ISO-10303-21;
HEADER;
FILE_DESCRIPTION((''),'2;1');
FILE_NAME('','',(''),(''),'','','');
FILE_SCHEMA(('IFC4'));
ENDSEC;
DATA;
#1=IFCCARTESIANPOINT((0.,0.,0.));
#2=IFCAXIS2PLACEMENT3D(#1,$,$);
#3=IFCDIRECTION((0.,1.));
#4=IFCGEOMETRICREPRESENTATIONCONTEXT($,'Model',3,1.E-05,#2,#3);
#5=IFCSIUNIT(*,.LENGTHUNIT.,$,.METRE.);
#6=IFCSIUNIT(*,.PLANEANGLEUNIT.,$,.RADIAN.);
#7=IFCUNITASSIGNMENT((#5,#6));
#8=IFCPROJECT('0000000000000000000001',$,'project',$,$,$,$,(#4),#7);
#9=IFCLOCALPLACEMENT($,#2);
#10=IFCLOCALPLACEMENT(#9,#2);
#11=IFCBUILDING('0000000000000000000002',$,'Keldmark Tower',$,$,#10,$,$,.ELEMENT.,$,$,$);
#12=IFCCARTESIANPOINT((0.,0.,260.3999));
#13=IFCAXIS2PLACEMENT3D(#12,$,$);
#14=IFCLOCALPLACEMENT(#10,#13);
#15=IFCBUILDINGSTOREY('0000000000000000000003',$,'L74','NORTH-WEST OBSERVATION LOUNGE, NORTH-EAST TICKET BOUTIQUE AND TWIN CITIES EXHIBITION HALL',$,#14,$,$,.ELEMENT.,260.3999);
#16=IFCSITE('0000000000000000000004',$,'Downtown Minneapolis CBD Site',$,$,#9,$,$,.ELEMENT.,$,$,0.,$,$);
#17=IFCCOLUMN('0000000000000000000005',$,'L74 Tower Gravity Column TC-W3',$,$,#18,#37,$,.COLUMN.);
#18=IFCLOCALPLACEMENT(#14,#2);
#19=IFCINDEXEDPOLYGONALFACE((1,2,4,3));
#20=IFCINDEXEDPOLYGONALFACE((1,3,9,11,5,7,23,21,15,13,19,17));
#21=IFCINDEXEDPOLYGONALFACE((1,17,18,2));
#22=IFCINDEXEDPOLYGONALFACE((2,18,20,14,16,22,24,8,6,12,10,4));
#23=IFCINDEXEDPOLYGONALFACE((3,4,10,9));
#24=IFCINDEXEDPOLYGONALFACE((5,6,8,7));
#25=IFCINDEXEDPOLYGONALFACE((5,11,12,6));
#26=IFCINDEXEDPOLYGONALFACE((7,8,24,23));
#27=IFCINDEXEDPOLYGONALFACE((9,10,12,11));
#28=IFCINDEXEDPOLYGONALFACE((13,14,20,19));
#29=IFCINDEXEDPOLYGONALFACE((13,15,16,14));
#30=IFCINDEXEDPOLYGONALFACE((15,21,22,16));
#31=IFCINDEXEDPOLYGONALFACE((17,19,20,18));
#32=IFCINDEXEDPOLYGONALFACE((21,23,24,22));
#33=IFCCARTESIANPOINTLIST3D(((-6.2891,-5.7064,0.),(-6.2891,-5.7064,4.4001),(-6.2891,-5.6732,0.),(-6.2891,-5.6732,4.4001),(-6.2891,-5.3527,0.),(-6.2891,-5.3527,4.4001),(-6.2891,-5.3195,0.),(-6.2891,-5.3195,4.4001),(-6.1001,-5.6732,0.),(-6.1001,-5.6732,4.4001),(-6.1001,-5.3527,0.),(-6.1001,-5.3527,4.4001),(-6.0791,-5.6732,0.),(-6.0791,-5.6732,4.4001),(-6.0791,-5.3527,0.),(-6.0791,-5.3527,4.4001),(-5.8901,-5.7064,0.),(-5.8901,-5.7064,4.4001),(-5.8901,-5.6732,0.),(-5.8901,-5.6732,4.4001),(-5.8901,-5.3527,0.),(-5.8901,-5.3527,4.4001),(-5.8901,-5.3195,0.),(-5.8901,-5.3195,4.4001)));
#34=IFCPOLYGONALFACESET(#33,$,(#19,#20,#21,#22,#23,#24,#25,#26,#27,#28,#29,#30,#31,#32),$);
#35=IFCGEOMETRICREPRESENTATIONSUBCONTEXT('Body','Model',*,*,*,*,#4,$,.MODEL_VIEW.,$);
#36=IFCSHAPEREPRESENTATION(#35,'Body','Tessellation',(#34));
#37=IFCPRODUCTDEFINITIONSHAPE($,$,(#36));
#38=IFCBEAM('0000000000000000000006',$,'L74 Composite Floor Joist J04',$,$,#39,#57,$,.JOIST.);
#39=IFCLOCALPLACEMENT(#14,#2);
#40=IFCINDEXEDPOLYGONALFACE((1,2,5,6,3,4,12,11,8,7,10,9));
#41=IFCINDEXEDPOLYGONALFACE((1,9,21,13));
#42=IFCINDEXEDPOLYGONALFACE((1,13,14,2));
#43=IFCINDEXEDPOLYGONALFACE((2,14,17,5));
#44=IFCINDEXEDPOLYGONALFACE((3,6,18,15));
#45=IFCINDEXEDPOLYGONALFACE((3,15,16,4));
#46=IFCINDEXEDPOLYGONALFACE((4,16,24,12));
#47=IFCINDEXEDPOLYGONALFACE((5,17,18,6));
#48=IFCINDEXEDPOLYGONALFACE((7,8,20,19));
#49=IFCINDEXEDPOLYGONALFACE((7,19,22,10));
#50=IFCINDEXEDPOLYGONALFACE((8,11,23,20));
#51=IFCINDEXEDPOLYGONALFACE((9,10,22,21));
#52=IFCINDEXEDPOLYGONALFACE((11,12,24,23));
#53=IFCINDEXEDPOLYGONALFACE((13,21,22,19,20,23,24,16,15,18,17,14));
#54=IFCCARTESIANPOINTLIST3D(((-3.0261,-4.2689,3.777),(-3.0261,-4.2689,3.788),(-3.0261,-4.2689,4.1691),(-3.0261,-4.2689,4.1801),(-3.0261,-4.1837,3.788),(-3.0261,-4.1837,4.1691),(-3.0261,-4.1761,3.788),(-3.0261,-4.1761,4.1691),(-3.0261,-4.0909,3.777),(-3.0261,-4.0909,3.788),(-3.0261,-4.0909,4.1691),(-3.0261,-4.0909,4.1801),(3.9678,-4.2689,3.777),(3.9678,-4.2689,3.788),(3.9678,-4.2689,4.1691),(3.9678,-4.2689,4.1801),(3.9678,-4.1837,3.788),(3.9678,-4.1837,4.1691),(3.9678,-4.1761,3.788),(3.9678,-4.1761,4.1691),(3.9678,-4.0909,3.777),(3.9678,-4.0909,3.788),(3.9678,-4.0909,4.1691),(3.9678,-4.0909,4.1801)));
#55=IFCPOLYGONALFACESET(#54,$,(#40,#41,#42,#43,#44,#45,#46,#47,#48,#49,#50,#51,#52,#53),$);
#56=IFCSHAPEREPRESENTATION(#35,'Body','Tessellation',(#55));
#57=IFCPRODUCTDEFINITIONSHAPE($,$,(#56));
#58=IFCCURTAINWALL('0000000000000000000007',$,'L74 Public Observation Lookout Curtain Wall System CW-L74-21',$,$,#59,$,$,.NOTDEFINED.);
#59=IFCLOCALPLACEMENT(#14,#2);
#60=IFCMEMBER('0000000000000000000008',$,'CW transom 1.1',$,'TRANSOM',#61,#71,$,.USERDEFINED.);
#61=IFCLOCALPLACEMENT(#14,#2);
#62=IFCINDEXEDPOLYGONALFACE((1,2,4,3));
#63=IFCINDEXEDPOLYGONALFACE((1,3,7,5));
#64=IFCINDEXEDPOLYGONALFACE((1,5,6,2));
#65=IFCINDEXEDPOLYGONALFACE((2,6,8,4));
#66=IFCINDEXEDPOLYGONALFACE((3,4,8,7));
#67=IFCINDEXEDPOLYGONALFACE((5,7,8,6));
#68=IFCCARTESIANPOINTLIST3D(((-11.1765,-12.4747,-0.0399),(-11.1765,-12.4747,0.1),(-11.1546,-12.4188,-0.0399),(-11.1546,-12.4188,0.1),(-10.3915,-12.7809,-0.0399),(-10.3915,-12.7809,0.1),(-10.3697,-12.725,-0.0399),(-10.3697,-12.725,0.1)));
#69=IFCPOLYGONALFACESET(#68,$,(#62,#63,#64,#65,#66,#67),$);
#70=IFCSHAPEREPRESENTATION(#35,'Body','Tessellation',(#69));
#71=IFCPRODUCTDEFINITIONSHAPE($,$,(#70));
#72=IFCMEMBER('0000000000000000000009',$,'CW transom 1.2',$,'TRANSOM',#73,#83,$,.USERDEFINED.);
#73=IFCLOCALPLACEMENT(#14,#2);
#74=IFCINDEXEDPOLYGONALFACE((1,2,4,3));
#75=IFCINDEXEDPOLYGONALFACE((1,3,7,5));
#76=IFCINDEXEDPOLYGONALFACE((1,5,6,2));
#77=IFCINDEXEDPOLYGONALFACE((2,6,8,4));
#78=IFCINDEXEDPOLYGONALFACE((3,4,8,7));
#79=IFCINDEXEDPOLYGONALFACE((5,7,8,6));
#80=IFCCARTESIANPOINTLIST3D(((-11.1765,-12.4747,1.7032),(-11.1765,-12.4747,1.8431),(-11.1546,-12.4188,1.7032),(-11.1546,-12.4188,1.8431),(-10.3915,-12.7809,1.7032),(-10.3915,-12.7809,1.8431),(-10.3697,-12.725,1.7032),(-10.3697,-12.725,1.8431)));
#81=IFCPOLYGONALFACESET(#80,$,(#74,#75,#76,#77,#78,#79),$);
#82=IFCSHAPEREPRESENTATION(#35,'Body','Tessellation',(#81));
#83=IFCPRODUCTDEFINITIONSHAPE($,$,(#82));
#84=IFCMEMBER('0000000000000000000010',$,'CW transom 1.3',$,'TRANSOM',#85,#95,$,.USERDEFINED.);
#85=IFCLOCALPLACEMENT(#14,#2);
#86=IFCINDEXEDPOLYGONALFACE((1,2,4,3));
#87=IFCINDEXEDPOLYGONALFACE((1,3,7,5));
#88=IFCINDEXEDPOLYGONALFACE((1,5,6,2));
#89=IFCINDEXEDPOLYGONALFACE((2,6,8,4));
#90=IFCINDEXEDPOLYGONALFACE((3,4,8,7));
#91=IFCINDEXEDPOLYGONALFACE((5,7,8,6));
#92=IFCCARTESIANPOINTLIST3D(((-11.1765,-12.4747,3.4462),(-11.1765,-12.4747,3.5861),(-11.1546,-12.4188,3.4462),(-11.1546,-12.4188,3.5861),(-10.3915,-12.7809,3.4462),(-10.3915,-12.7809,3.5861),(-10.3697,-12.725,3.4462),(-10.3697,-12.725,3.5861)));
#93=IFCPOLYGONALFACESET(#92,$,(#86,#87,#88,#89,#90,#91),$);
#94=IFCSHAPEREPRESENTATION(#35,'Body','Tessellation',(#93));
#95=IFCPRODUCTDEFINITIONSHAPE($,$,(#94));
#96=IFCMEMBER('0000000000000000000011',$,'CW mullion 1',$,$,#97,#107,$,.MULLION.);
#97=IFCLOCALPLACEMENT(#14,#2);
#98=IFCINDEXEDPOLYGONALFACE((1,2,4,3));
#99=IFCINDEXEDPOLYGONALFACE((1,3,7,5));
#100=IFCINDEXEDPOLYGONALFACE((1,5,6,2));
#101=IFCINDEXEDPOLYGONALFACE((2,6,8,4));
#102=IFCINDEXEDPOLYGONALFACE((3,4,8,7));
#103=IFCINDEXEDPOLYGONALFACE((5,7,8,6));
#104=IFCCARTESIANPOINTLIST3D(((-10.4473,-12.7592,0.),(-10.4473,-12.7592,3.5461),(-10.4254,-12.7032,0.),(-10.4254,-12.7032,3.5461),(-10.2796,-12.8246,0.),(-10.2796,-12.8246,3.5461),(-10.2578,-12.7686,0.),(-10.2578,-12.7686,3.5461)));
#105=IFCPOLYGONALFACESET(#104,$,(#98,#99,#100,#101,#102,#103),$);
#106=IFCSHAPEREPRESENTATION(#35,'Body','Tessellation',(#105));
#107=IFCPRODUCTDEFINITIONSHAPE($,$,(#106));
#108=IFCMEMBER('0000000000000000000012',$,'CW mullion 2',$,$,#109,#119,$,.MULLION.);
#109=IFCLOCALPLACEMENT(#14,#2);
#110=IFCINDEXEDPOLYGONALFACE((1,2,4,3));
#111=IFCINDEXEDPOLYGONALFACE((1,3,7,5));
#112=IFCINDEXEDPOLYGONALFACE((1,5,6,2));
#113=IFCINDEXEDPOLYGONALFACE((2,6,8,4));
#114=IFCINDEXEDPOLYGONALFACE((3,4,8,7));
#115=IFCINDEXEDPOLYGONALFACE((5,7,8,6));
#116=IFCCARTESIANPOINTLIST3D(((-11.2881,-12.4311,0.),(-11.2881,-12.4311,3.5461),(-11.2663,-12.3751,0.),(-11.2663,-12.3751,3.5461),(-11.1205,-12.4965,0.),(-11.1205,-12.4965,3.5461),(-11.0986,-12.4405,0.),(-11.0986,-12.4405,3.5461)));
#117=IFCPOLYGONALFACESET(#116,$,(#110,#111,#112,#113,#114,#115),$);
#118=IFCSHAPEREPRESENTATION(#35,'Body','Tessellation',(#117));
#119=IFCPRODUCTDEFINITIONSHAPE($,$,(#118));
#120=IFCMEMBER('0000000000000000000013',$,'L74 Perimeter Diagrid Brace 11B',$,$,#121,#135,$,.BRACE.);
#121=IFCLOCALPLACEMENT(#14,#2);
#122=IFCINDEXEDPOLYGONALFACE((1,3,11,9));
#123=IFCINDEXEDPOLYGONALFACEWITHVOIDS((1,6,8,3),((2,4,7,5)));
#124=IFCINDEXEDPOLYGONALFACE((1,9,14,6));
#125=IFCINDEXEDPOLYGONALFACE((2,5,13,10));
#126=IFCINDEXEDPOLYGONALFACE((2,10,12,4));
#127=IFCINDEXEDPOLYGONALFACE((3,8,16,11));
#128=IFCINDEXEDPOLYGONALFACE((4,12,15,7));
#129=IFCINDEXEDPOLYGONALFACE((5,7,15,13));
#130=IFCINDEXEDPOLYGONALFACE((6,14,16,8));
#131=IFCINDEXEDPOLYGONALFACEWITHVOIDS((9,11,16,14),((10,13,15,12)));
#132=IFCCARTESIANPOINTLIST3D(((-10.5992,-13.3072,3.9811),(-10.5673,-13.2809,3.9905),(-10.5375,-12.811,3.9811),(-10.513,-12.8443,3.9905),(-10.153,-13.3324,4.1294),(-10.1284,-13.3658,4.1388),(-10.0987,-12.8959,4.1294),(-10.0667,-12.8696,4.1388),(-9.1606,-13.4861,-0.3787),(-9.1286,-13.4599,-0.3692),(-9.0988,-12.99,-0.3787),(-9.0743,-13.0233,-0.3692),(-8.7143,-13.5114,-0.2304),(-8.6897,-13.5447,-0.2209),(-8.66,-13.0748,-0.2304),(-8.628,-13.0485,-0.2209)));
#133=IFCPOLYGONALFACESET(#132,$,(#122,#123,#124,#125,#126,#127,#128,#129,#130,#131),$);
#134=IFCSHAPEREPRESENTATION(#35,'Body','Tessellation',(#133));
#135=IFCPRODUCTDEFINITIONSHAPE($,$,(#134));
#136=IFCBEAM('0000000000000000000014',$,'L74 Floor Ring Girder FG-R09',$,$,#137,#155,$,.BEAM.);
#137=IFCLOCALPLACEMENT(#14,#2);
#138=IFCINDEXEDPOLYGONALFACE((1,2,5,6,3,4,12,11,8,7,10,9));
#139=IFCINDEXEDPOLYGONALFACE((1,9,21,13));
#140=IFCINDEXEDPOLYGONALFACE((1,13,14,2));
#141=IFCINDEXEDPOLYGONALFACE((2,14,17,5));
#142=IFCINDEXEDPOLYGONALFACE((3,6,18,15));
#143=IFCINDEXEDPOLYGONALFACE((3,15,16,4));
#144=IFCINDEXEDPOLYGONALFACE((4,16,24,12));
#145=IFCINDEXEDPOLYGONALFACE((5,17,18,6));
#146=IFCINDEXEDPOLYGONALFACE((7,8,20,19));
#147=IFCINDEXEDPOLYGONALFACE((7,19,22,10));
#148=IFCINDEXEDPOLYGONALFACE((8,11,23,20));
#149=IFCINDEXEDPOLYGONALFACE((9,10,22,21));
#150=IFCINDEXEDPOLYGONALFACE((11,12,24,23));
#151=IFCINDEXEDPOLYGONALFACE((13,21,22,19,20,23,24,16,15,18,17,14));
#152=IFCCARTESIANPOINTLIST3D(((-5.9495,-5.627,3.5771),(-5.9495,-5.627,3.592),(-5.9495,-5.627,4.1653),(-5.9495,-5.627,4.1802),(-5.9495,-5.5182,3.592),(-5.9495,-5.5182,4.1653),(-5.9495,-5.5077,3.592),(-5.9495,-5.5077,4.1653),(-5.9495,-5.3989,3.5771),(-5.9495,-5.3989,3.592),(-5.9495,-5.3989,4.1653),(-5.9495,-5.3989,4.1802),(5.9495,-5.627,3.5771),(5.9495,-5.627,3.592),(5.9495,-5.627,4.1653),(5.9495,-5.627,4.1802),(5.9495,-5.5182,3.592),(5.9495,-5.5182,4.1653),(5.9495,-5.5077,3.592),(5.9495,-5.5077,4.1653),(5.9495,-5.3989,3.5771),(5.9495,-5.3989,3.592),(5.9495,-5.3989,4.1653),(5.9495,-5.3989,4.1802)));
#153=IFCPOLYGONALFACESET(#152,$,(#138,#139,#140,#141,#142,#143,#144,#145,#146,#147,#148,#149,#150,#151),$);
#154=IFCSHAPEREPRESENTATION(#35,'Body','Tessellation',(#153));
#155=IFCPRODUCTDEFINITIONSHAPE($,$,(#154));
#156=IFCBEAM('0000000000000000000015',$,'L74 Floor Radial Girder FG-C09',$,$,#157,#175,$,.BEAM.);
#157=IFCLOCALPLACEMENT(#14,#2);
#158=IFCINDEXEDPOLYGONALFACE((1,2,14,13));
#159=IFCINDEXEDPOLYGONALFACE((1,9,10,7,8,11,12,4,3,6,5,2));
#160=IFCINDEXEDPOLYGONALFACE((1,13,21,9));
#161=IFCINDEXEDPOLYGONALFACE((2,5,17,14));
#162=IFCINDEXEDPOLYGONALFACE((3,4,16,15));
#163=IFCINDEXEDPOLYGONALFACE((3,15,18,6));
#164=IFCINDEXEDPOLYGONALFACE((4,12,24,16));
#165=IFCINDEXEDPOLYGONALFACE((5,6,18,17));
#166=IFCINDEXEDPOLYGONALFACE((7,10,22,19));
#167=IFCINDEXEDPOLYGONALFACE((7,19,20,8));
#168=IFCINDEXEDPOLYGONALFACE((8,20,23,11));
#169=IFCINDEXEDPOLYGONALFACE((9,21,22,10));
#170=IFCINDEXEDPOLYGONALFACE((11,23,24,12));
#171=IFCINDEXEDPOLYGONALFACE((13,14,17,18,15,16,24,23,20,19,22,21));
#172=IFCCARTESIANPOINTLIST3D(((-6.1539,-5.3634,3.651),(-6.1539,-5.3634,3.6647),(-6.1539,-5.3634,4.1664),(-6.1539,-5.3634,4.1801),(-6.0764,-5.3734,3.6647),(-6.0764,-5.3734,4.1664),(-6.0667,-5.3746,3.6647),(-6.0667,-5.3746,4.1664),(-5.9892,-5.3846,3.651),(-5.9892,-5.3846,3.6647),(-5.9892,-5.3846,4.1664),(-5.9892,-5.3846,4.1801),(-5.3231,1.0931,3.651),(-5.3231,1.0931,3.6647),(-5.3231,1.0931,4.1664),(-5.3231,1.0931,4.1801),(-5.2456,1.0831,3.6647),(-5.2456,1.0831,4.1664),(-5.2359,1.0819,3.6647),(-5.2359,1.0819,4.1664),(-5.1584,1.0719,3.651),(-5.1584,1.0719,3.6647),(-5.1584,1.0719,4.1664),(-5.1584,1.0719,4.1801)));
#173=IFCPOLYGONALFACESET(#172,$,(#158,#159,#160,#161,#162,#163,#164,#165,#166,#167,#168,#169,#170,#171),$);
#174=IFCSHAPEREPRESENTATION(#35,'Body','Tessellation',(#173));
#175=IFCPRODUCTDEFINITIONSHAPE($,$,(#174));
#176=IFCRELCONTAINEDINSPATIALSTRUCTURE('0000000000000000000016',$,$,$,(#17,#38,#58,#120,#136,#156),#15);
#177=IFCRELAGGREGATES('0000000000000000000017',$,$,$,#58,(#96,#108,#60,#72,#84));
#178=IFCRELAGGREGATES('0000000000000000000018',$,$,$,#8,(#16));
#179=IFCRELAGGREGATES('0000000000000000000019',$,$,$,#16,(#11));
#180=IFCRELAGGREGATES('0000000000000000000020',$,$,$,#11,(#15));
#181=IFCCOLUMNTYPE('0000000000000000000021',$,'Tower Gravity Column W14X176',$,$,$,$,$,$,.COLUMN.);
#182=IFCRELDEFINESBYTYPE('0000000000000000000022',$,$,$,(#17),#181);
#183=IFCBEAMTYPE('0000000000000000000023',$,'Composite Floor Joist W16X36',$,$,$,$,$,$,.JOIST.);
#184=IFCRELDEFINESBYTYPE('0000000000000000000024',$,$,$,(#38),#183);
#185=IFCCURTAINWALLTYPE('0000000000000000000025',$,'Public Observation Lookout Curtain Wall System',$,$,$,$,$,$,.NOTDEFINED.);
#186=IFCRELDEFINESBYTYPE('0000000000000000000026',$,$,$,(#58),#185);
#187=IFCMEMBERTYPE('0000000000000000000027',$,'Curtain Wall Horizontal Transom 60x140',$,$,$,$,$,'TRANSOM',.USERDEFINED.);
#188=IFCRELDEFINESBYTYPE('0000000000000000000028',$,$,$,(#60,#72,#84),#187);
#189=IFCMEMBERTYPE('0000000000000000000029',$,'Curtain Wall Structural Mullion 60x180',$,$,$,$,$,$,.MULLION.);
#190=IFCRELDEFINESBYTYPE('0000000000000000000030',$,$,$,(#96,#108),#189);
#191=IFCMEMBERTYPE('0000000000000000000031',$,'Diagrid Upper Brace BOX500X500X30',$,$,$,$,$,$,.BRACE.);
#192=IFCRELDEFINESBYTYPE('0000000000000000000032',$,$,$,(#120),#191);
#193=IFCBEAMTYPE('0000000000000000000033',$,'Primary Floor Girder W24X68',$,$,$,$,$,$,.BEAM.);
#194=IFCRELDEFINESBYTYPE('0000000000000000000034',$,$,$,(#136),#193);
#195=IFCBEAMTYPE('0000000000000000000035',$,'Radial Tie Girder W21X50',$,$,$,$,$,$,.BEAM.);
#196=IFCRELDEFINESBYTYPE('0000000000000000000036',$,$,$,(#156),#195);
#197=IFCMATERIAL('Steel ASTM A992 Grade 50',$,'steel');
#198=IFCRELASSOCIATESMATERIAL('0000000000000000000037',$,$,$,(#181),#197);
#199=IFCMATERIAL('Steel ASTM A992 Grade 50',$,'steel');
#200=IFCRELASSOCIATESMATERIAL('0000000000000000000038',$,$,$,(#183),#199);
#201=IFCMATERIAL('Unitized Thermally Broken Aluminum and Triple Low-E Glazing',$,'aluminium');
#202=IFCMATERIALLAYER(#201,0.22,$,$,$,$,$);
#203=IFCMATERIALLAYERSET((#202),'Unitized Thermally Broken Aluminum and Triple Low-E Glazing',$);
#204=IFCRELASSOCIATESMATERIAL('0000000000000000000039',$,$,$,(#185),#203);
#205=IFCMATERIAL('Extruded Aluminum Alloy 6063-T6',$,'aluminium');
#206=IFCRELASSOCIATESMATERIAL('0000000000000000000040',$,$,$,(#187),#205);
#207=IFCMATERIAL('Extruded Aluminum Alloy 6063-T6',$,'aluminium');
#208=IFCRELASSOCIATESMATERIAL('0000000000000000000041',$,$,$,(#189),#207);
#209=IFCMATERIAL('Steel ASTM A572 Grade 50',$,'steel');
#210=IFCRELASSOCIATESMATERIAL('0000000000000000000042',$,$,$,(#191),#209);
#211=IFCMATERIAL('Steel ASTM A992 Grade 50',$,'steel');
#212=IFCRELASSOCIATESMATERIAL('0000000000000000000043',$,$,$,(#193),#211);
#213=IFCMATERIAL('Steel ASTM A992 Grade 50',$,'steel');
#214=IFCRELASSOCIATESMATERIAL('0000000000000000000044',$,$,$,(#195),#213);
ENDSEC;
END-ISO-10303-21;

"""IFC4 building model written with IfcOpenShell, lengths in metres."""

from ifc_helpers import new_model, si_unit, direction, frame, origin, origin_2d, place, context, subcontext, project, spatial, rectangle, hollow_rectangle, i_section, extrude, material, layer, layer_set, material_profile, profile_set, type_object, element, aggregate, save


model = new_model("IFC4")

# Units and contexts
model_context = context("Model", 3, precision=1e-05, world=origin(), true_north=direction((0.0, 1.0)))
body_context = subcontext(model_context, "Body", "Model", "MODEL_VIEW")
ifc_project = project(units=[si_unit("LENGTHUNIT", "METRE"), si_unit("PLANEANGLEUNIT", "RADIAN")], contexts=[model_context])

# Site, building, storey
site_placement = place(None, origin())
site = spatial("IfcSite", under=ifc_project, at=site_placement, Name="Downtown Minneapolis CBD Site", CompositionType="ELEMENT", RefElevation=0.0)
building_placement = place(site_placement, origin())
building = spatial("IfcBuilding", under=site, at=building_placement, Name="Keldmark Tower", CompositionType="ELEMENT")
storey_placement = place(building_placement, frame((0.0, 0.0, 260.3999)))
storey = spatial("IfcBuildingStorey", under=building, at=storey_placement, Name="L74", Description="NORTH-WEST OBSERVATION LOUNGE, NORTH-EAST TICKET BOUTIQUE AND TWIN CITIES EXHIBITION HALL", CompositionType="ELEMENT", Elevation=260.3999)

# Column
ifc_material_1 = material(Name="Steel ASTM A992 Grade 50", Category="steel")
ifc_material_profile_1 = material_profile(ifc_material_1, i_section(OverallWidth=0.3989, OverallDepth=0.387, WebThickness=0.021, FlangeThickness=0.0332, at=origin_2d()), Name="W14X176")
ifc_profile_set_1 = profile_set([ifc_material_profile_1], Name="Steel ASTM A992 Grade 50")
column_type = type_object("IfcColumnType", Name="Tower Gravity Column W14X176", PredefinedType="COLUMN", material=ifc_profile_set_1)
column_placement = place(storey_placement, frame((-6.0896, -5.5129, 0.0), z_axis=(0.0, 0.0, 1.0), x_axis=(1.0, 0.0, 0.0)))
element("IfcColumn", 1, at=column_placement, inside=storey, type_object=column_type, Name="L74 Tower Gravity Column TC-W3", PredefinedType="COLUMN", context=body_context, shape_type="SweptSolid", body=[
    extrude(i_section(OverallWidth=0.3989, OverallDepth=0.387, WebThickness=0.021, FlangeThickness=0.0332, at=origin_2d()), origin(), (0.0, 0.0, 1.0), 4.4001),
])

# Beam
ifc_material_2 = material(Name="Steel ASTM A992 Grade 50", Category="steel")
ifc_material_profile_2 = material_profile(ifc_material_2, i_section(OverallWidth=0.178, OverallDepth=0.4031, WebThickness=0.0076, FlangeThickness=0.011, at=origin_2d()), Name="W16X36")
ifc_profile_set_2 = profile_set([ifc_material_profile_2], Name="Steel ASTM A992 Grade 50")
beam_type_1 = type_object("IfcBeamType", Name="Composite Floor Joist W16X36", PredefinedType="JOIST", material=ifc_profile_set_2)
beam_1_placement = place(storey_placement, frame((-3.0261, -4.1799, 3.9785), z_axis=(1.0, 0.0, 0.0), x_axis=(0.0, 1.0, 0.0)))
element("IfcBeam", 2, at=beam_1_placement, inside=storey, type_object=beam_type_1, Name="L74 Composite Floor Joist J04", PredefinedType="JOIST", context=body_context, shape_type="SweptSolid", body=[
    extrude(i_section(OverallWidth=0.178, OverallDepth=0.4031, WebThickness=0.0076, FlangeThickness=0.011, at=origin_2d()), origin(), (0.0, 0.0, 1.0), 6.9939),
])

# Curtain wall, members
ifc_material_3 = material(Name="Unitized Thermally Broken Aluminum and Triple Low-E Glazing", Category="aluminium")
ifc_layer_1 = layer(ifc_material_3, 0.22)
ifc_layer_set_1 = layer_set([ifc_layer_1], Name="Unitized Thermally Broken Aluminum and Triple Low-E Glazing")
curtain_wall_type = type_object("IfcCurtainWallType", Name="Public Observation Lookout Curtain Wall System", PredefinedType="NOTDEFINED", material=ifc_layer_set_1)
curtain_wall_placement = place(storey_placement, origin())
curtain_wall = element("IfcCurtainWall", 3, at=curtain_wall_placement, inside=storey, type_object=curtain_wall_type, Name="L74 Public Observation Lookout Curtain Wall System CW-L74-21", PredefinedType="NOTDEFINED")
ifc_material_4 = material(Name="Extruded Aluminum Alloy 6063-T6", Category="aluminium")
ifc_material_profile_3 = material_profile(ifc_material_4, rectangle(XDim=0.0601, YDim=0.1399, at=origin_2d()), Name="CWT60X140")
ifc_profile_set_3 = profile_set([ifc_material_profile_3], Name="Extruded Aluminum Alloy 6063-T6")
member_type_1 = type_object("IfcMemberType", Name="Curtain Wall Horizontal Transom 60x140", ElementType="TRANSOM", PredefinedType="USERDEFINED", material=ifc_profile_set_3)
member_1_placement = place(storey_placement, frame((-10.3806, -12.7529, 0.03), z_axis=(-0.93164, 0.363383, 0.0), x_axis=(-0.363383, -0.93164, 0.0)))
member_1 = element("IfcMember", 4, at=member_1_placement, type_object=member_type_1, Name="CW transom 1.1", ObjectType="TRANSOM", PredefinedType="USERDEFINED", context=body_context, shape_type="SweptSolid", body=[
    extrude(rectangle(XDim=0.0601, YDim=0.1399, at=origin_2d()), origin(), (0.0, 0.0, 1.0), 0.8425),
])
member_2_placement = place(storey_placement, frame((-10.3806, -12.7529, 1.7732), z_axis=(-0.93164, 0.363383, 0.0), x_axis=(-0.363383, -0.93164, 0.0)))
member_2 = element("IfcMember", 5, at=member_2_placement, type_object=member_type_1, Name="CW transom 1.2", ObjectType="TRANSOM", PredefinedType="USERDEFINED", context=body_context, shape_type="SweptSolid", body=[
    extrude(rectangle(XDim=0.0601, YDim=0.1399, at=origin_2d()), origin(), (0.0, 0.0, 1.0), 0.8425),
])
member_3_placement = place(storey_placement, frame((-10.3806, -12.7529, 3.5161), z_axis=(-0.93164, 0.363383, 0.0), x_axis=(-0.363383, -0.93164, 0.0)))
member_3 = element("IfcMember", 6, at=member_3_placement, type_object=member_type_1, Name="CW transom 1.3", ObjectType="TRANSOM", PredefinedType="USERDEFINED", context=body_context, shape_type="SweptSolid", body=[
    extrude(rectangle(XDim=0.0601, YDim=0.1399, at=origin_2d()), origin(), (0.0, 0.0, 1.0), 0.8425),
])
ifc_material_5 = material(Name="Extruded Aluminum Alloy 6063-T6", Category="aluminium")
ifc_material_profile_4 = material_profile(ifc_material_5, rectangle(XDim=0.0601, YDim=0.1799, at=origin_2d()), Name="CWM60X180")
ifc_profile_set_4 = profile_set([ifc_material_profile_4], Name="Extruded Aluminum Alloy 6063-T6")
member_type_2 = type_object("IfcMemberType", Name="Curtain Wall Structural Mullion 60x180", PredefinedType="MULLION", material=ifc_profile_set_4)
member_4_placement = place(storey_placement, frame((-10.3525, -12.7639, 0.0), z_axis=(0.0, 0.0, 1.0), x_axis=(-0.363381, -0.93164, 0.0)))
member_4 = element("IfcMember", 7, at=member_4_placement, type_object=member_type_2, Name="CW mullion 1", PredefinedType="MULLION", context=body_context, shape_type="SweptSolid", body=[
    extrude(rectangle(XDim=0.0601, YDim=0.1799, at=origin_2d()), origin(), (0.0, 0.0, 1.0), 3.5461),
])
member_5_placement = place(storey_placement, frame((-11.1934, -12.4358, 0.0), z_axis=(0.0, 0.0, 1.0), x_axis=(-0.363381, -0.93164, 0.0)))
member_5 = element("IfcMember", 8, at=member_5_placement, type_object=member_type_2, Name="CW mullion 2", PredefinedType="MULLION", context=body_context, shape_type="SweptSolid", body=[
    extrude(rectangle(XDim=0.0601, YDim=0.1799, at=origin_2d()), origin(), (0.0, 0.0, 1.0), 3.5461),
])

# Member
ifc_material_6 = material(Name="Steel ASTM A572 Grade 50", Category="steel")
ifc_material_profile_5 = material_profile(ifc_material_6, hollow_rectangle(XDim=0.5, YDim=0.5, WallThickness=0.03, at=origin_2d()), Name="BOX500X500X30")
ifc_profile_set_5 = profile_set([ifc_material_profile_5], Name="Steel ASTM A572 Grade 50")
member_type_3 = type_object("IfcMemberType", Name="Diagrid Upper Brace BOX500X500X30", PredefinedType="BRACE", material=ifc_profile_set_5)
member_6_placement = place(storey_placement, frame((-8.8943, -13.2673, -0.2998), z_axis=(-0.313133, 0.038949, 0.94891), x_axis=(-0.123434, -0.992353, 0.0)))
element("IfcMember", 9, at=member_6_placement, inside=storey, type_object=member_type_3, Name="L74 Perimeter Diagrid Brace 11B", PredefinedType="BRACE", context=body_context, shape_type="SweptSolid", body=[
    extrude(hollow_rectangle(XDim=0.5, YDim=0.5, WallThickness=0.03, at=origin_2d()), origin(), (0.0, 0.0, 1.0), 4.5945),
])

# Beams
ifc_material_7 = material(Name="Steel ASTM A992 Grade 50", Category="steel")
ifc_material_profile_6 = material_profile(ifc_material_7, i_section(OverallWidth=0.228, OverallDepth=0.603, WebThickness=0.0105, FlangeThickness=0.0149, at=origin_2d()), Name="W24X68")
ifc_profile_set_6 = profile_set([ifc_material_profile_6], Name="Steel ASTM A992 Grade 50")
beam_type_2 = type_object("IfcBeamType", Name="Primary Floor Girder W24X68", PredefinedType="BEAM", material=ifc_profile_set_6)
beam_2_placement = place(storey_placement, frame((-5.9495, -5.5129, 3.8787), z_axis=(1.0, 0.0, 0.0), x_axis=(0.0, 1.0, 0.0)))
element("IfcBeam", 10, at=beam_2_placement, inside=storey, type_object=beam_type_2, Name="L74 Floor Ring Girder FG-R09", PredefinedType="BEAM", context=body_context, shape_type="SweptSolid", body=[
    extrude(i_section(OverallWidth=0.228, OverallDepth=0.603, WebThickness=0.0105, FlangeThickness=0.0149, at=origin_2d()), origin(), (0.0, 0.0, 1.0), 11.8989),
])
ifc_material_8 = material(Name="Steel ASTM A992 Grade 50", Category="steel")
ifc_material_profile_7 = material_profile(ifc_material_8, i_section(OverallWidth=0.166, OverallDepth=0.5291, WebThickness=0.0098, FlangeThickness=0.0137, at=origin_2d()), Name="W21X50")
ifc_profile_set_7 = profile_set([ifc_material_profile_7], Name="Steel ASTM A992 Grade 50")
beam_type_3 = type_object("IfcBeamType", Name="Radial Tie Girder W21X50", PredefinedType="BEAM", material=ifc_profile_set_7)
beam_3_placement = place(storey_placement, frame((-6.0715, -5.374, 3.9155), z_axis=(0.127625, 0.991822, 0.0), x_axis=(-0.991822, 0.127625, 0.0)))
element("IfcBeam", 11, at=beam_3_placement, inside=storey, type_object=beam_type_3, Name="L74 Floor Radial Girder FG-C09", PredefinedType="BEAM", context=body_context, shape_type="SweptSolid", body=[
    extrude(i_section(OverallWidth=0.166, OverallDepth=0.5291, WebThickness=0.0098, FlangeThickness=0.0137, at=origin_2d()), origin(), (0.0, 0.0, 1.0), 6.5098),
])

aggregate(curtain_wall, [member_4, member_5, member_1, member_2, member_3])

save(model, "model.ifc")
